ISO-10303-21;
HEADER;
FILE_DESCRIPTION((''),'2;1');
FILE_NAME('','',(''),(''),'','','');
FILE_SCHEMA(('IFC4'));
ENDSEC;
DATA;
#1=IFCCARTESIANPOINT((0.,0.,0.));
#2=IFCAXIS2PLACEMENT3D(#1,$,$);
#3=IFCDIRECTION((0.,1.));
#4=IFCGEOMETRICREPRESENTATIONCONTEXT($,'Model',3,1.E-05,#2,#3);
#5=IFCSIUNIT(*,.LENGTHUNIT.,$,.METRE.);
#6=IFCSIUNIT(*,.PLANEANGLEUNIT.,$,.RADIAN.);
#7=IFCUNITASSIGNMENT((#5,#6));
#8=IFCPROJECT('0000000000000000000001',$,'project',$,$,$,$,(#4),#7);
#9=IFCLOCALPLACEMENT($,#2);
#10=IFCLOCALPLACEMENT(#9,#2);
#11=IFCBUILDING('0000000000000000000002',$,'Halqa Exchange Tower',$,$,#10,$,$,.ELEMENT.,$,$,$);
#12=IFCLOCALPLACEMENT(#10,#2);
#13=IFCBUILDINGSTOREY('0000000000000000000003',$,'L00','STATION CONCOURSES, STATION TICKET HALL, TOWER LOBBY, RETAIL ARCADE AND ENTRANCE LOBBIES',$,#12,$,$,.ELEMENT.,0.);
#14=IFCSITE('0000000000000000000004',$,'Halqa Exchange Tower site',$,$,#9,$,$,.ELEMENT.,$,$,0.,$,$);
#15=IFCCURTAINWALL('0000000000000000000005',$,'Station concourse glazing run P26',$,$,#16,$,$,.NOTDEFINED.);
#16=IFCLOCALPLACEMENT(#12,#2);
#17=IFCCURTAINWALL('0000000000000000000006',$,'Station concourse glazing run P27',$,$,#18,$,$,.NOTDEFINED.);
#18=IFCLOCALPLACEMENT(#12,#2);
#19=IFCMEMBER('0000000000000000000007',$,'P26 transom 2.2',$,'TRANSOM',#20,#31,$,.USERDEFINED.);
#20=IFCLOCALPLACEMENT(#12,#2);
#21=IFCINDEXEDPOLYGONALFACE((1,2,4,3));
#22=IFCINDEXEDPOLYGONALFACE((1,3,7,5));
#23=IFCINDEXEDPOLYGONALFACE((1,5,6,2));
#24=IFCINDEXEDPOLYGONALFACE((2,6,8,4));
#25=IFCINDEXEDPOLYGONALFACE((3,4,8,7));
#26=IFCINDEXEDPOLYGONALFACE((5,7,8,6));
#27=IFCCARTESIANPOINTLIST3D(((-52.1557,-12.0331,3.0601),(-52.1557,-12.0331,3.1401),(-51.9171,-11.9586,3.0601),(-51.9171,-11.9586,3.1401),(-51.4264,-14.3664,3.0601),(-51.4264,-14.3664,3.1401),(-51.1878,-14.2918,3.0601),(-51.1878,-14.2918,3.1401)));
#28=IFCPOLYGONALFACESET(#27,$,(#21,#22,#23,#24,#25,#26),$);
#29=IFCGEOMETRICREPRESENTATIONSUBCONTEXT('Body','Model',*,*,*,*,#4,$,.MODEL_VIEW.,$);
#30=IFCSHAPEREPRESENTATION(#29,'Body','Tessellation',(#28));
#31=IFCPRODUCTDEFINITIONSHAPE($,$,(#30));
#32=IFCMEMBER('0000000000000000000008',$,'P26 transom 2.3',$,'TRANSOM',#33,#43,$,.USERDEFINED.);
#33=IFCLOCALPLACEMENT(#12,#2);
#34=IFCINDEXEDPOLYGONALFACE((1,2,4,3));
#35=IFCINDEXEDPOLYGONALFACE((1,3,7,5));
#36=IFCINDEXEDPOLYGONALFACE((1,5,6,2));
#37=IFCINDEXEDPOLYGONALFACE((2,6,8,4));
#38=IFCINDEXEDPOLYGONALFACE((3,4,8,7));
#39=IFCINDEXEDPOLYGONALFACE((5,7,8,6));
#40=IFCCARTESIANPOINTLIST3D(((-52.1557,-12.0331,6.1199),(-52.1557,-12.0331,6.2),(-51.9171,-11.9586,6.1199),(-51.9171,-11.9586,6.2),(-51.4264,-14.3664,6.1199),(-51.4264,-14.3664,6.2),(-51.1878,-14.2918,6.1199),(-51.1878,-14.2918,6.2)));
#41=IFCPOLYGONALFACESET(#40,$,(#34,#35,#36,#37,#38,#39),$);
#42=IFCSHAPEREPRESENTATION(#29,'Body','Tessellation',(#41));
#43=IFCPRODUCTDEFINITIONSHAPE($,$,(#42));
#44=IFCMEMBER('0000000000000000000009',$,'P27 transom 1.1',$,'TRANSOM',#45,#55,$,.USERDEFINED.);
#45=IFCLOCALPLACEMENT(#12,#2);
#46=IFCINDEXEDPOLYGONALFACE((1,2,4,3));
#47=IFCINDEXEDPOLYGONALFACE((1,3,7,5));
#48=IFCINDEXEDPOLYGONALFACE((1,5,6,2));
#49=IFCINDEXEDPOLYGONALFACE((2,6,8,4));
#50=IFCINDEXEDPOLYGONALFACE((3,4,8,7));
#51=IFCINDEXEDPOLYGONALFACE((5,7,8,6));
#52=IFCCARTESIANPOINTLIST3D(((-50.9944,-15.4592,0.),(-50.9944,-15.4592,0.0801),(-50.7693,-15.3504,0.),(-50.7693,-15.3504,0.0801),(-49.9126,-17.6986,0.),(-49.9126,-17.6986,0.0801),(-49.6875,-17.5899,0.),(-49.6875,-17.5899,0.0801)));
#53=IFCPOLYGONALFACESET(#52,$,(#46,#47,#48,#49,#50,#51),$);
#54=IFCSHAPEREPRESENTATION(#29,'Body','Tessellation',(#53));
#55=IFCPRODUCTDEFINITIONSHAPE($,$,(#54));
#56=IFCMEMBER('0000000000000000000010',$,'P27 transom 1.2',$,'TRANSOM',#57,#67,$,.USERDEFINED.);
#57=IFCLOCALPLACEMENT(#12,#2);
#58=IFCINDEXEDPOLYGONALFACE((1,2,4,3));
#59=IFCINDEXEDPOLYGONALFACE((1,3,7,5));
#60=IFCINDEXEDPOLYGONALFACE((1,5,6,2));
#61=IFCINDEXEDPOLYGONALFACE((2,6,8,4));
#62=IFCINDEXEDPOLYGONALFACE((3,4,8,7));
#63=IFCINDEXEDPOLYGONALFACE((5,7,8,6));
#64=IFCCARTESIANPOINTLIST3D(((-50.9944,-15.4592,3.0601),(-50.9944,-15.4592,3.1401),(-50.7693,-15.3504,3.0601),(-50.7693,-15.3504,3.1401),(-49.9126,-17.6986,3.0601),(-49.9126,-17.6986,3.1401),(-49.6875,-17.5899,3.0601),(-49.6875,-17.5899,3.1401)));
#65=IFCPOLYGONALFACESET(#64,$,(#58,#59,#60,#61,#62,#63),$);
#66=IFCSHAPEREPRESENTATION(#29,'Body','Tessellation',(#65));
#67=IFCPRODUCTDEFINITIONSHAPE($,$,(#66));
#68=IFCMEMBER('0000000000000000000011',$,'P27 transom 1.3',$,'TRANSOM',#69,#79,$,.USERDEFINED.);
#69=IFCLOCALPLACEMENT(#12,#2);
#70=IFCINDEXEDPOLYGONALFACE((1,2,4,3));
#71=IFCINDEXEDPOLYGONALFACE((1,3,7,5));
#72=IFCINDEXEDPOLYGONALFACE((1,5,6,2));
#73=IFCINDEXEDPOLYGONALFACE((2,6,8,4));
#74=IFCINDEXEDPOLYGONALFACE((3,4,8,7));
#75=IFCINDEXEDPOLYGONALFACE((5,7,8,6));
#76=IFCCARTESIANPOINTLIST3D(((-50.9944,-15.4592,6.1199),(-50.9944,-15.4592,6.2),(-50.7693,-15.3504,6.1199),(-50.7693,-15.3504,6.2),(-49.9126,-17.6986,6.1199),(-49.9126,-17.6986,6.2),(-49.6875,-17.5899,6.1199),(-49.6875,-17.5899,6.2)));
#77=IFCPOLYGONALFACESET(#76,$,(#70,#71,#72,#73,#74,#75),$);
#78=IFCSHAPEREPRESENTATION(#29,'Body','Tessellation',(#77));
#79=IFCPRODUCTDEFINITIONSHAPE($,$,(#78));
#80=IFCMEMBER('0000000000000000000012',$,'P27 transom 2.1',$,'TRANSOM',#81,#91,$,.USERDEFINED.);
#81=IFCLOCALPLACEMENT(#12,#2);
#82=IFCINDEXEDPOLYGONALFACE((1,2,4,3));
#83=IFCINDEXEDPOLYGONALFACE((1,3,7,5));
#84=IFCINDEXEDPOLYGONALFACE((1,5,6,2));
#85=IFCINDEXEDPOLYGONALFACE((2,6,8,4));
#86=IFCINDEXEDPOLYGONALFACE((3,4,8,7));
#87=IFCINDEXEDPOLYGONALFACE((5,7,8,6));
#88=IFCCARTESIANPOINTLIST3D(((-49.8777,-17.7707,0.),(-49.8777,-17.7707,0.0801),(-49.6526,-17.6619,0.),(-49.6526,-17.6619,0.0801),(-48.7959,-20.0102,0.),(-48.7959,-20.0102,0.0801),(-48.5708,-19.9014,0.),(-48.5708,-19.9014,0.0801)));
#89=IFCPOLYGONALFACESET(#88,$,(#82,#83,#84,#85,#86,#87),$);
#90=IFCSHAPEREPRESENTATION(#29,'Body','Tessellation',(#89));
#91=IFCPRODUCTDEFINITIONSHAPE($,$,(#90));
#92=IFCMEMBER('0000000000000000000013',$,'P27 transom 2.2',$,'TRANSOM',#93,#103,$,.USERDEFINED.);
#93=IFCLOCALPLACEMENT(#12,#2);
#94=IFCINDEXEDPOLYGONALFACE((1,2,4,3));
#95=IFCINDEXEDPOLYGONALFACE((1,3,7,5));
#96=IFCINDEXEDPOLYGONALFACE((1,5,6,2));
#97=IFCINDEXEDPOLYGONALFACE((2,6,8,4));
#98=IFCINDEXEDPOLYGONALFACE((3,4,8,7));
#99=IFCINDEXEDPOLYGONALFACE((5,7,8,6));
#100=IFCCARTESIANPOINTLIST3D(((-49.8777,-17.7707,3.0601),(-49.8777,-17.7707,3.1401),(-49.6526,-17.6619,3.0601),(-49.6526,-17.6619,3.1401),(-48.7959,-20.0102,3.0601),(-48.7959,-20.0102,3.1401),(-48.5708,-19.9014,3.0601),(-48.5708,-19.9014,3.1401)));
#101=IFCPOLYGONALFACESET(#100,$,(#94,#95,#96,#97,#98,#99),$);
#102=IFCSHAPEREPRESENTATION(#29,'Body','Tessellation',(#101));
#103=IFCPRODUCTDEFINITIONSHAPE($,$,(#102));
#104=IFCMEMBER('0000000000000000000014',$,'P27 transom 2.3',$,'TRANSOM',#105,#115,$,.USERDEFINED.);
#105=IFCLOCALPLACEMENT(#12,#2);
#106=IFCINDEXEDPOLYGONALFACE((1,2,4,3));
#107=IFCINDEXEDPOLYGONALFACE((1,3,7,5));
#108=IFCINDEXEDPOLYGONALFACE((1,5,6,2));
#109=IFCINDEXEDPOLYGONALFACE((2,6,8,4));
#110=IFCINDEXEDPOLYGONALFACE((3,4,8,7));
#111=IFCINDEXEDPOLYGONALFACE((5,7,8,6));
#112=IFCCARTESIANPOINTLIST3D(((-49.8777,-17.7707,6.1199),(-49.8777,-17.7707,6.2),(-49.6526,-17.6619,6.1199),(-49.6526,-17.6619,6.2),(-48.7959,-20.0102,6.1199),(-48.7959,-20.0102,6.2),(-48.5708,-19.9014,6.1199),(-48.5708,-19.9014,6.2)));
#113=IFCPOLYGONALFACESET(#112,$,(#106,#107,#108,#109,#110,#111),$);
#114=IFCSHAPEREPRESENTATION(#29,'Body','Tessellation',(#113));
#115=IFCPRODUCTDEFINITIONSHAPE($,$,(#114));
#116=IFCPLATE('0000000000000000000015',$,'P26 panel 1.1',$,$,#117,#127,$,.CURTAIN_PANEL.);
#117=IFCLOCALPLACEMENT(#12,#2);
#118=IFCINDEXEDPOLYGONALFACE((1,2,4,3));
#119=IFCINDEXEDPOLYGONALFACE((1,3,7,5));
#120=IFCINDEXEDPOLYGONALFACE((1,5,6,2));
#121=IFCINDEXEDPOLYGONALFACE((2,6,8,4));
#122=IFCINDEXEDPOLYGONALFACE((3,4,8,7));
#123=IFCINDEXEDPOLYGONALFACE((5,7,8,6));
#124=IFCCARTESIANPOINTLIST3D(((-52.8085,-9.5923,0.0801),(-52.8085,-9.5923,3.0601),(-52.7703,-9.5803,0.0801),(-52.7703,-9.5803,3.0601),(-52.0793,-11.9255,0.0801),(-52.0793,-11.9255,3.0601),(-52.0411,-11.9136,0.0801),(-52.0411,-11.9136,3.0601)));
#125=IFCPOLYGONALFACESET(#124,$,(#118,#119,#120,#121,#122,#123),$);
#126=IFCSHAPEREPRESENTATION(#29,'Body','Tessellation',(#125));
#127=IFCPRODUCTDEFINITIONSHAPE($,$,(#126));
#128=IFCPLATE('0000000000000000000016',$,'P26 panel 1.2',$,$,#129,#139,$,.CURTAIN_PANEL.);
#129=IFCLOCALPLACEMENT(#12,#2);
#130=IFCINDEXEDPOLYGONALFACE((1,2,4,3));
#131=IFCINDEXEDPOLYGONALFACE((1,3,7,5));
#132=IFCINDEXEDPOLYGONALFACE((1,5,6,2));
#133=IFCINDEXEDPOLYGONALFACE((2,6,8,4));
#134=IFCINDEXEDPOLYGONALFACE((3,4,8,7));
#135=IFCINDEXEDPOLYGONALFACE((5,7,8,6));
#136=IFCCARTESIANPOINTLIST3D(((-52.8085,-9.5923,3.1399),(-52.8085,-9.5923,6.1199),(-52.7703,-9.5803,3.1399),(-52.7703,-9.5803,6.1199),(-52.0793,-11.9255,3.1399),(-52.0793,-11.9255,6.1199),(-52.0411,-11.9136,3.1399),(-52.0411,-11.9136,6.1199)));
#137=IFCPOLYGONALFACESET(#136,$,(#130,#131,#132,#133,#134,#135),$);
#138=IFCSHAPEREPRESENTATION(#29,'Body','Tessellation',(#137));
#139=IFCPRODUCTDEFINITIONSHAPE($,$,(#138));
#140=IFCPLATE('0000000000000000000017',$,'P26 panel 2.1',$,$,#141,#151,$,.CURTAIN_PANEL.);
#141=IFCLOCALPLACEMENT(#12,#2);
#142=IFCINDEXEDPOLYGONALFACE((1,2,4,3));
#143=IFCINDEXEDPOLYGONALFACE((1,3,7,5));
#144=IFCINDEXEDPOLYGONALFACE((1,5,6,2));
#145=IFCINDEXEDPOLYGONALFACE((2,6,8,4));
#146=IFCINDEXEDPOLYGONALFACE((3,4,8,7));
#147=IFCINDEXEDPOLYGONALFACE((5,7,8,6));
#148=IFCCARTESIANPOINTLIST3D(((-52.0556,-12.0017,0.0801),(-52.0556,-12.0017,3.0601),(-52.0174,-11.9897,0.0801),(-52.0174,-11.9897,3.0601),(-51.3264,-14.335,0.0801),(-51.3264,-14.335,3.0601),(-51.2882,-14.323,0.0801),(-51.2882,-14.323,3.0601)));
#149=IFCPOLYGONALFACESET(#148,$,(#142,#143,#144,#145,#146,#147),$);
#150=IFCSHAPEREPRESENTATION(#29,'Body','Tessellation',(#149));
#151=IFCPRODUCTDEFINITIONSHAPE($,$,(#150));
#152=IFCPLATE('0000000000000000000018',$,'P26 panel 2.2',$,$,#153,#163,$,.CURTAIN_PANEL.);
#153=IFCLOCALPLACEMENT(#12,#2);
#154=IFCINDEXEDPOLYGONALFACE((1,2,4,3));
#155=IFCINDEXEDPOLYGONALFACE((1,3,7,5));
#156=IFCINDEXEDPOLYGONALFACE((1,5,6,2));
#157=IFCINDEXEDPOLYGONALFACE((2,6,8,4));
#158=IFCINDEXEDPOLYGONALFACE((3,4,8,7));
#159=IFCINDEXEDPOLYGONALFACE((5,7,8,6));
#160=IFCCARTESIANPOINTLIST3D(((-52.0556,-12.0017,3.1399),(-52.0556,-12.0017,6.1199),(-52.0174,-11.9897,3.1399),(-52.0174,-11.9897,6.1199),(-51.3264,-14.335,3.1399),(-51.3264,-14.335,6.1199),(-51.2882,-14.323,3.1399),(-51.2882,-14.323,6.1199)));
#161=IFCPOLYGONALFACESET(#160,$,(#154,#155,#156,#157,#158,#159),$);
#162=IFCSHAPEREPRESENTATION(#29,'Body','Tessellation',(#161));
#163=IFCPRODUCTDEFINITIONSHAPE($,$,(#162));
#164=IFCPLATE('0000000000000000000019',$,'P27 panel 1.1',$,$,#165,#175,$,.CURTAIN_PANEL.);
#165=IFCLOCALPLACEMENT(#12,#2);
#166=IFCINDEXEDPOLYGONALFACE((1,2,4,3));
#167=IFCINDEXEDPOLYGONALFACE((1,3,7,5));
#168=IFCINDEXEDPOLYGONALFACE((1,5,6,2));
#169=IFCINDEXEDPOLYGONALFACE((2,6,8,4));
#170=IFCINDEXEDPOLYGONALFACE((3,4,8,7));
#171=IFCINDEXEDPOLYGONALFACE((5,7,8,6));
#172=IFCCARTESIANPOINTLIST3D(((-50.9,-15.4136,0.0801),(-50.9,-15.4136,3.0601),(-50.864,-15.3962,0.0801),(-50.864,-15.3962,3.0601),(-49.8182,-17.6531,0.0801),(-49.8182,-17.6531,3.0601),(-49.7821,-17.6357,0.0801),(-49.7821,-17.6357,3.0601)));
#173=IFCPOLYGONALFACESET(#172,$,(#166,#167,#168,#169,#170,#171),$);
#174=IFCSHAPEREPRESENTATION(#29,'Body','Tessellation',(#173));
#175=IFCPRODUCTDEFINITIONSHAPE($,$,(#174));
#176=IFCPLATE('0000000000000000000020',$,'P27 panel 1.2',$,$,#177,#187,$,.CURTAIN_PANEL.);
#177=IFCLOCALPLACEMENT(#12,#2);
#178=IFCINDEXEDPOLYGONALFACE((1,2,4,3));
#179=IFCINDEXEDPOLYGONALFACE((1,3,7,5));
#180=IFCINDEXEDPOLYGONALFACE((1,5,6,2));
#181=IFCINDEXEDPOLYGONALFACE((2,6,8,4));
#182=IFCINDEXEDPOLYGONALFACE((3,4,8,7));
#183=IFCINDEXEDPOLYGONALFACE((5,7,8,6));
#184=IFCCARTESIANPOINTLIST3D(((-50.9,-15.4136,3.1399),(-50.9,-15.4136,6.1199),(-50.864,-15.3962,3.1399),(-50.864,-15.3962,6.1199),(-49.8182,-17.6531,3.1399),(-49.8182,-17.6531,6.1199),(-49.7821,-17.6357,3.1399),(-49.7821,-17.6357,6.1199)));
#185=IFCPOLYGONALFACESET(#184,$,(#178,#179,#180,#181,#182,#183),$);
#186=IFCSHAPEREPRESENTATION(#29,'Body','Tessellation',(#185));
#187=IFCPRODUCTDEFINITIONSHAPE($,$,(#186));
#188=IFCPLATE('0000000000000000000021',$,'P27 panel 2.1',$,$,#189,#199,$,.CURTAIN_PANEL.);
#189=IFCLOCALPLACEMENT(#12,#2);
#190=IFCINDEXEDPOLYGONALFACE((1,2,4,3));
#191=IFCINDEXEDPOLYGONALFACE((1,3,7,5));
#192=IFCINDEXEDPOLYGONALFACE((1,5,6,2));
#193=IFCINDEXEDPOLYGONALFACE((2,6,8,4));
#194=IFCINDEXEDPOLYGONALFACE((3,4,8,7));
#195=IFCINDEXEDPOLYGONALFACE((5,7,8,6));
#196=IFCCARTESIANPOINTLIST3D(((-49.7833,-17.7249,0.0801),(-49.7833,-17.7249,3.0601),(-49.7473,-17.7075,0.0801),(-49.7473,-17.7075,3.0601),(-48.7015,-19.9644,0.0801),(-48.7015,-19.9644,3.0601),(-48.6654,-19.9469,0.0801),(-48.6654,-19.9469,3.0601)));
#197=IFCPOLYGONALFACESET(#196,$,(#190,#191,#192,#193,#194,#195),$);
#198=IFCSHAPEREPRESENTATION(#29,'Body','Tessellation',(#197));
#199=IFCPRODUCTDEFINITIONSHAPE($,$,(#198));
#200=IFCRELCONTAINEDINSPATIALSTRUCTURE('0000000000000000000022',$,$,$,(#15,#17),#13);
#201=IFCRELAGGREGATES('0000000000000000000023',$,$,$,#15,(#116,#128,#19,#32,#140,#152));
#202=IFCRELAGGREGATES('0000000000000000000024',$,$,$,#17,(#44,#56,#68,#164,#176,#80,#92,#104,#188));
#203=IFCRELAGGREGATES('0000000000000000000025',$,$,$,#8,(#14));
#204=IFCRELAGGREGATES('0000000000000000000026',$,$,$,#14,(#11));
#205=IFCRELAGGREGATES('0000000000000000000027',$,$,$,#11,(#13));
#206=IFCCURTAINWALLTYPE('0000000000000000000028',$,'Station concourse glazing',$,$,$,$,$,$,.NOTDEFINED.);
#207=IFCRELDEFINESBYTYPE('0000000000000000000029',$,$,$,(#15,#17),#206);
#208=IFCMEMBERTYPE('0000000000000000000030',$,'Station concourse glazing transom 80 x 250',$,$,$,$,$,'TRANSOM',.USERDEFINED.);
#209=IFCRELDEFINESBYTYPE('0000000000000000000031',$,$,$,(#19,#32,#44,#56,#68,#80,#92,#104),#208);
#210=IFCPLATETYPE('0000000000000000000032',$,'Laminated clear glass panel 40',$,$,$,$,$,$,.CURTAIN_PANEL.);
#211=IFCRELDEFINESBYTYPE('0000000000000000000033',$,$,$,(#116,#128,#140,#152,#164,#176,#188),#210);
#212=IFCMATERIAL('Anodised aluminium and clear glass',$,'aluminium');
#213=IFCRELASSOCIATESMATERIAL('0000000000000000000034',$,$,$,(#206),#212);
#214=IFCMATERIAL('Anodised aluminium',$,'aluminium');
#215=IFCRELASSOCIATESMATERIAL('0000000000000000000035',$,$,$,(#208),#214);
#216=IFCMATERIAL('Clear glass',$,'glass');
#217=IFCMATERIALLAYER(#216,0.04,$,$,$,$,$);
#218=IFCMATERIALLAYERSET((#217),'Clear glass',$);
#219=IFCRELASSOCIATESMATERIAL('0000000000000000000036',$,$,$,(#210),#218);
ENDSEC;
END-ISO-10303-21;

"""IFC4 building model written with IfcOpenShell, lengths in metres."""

from ifc_helpers import new_model, si_unit, direction, frame, origin, origin_2d, place, context, subcontext, project, spatial, rectangle, extrude, material, layer, layer_set, material_profile, profile_set, type_object, element, aggregate, save


model = new_model("IFC4")

# Units and contexts
model_context = context("Model", 3, precision=1e-05, world=origin(), true_north=direction((0.0, 1.0)))
body_context = subcontext(model_context, "Body", "Model", "MODEL_VIEW")
ifc_project = project(units=[si_unit("LENGTHUNIT", "METRE"), si_unit("PLANEANGLEUNIT", "RADIAN")], contexts=[model_context])

# Site, building, storey
site_placement = place(None, origin())
site = spatial("IfcSite", under=ifc_project, at=site_placement, Name="Halqa Exchange Tower site", CompositionType="ELEMENT", RefElevation=0.0)
building_placement = place(site_placement, origin())
building = spatial("IfcBuilding", under=site, at=building_placement, Name="Halqa Exchange Tower", CompositionType="ELEMENT")
storey_placement = place(building_placement, origin())
storey = spatial("IfcBuildingStorey", under=building, at=storey_placement, Name="L00", Description="STATION CONCOURSES, STATION TICKET HALL, TOWER LOBBY, RETAIL ARCADE AND ENTRANCE LOBBIES", CompositionType="ELEMENT", Elevation=0.0)

# Curtain walls
ifc_material_1 = material(Name="Anodised aluminium and clear glass", Category="aluminium")
curtain_wall_type = type_object("IfcCurtainWallType", Name="Station concourse glazing", PredefinedType="NOTDEFINED", material=ifc_material_1)
curtain_wall_1_placement = place(storey_placement, origin())
curtain_wall_1 = element("IfcCurtainWall", 1, at=curtain_wall_1_placement, inside=storey, type_object=curtain_wall_type, Name="Station concourse glazing run P26", PredefinedType="NOTDEFINED")
ifc_material_2 = material(Name="Anodised aluminium", Category="aluminium")
curtain_wall_2_placement = place(storey_placement, origin())
curtain_wall_2 = element("IfcCurtainWall", 2, at=curtain_wall_2_placement, inside=storey, type_object=curtain_wall_type, Name="Station concourse glazing run P27", PredefinedType="NOTDEFINED")

# Members
ifc_material_profile_1 = material_profile(ifc_material_2, rectangle(XDim=0.25, YDim=0.0801, at=origin_2d()), Name="AL 80x250")
ifc_profile_set_1 = profile_set([ifc_material_profile_1], Name="Anodised aluminium")
member_type_1 = type_object("IfcMemberType", Name="Station concourse glazing transom 80 x 250", ElementType="TRANSOM", PredefinedType="USERDEFINED", material=ifc_profile_set_1)
member_1_placement = place(storey_placement, frame((-52.0364, -11.9958, 3.1001), z_axis=(0.298315, -0.954468, 0.0), x_axis=(0.954468, 0.298315, 0.0)))
member_1 = element("IfcMember", 3, at=member_1_placement, type_object=member_type_1, Name="P26 transom 2.2", ObjectType="TRANSOM", PredefinedType="USERDEFINED", context=body_context, shape_type="SweptSolid", body=[
    extrude(rectangle(XDim=0.25, YDim=0.0801, at=origin_2d()), origin(), (0.0, 0.0, 1.0), 2.4446),
])
member_2_placement = place(storey_placement, frame((-52.0364, -11.9958, 6.1599), z_axis=(0.298315, -0.954468, 0.0), x_axis=(0.954468, 0.298315, 0.0)))
member_2 = element("IfcMember", 4, at=member_2_placement, type_object=member_type_1, Name="P26 transom 2.3", ObjectType="TRANSOM", PredefinedType="USERDEFINED", context=body_context, shape_type="SweptSolid", body=[
    extrude(rectangle(XDim=0.25, YDim=0.0801, at=origin_2d()), origin(), (0.0, 0.0, 1.0), 2.4446),
])
member_3_placement = place(storey_placement, frame((-50.8818, -15.4048, 0.04), z_axis=(0.43496, -0.90045, 0.0), x_axis=(0.90045, 0.43496, 0.0)))
member_3 = element("IfcMember", 5, at=member_3_placement, type_object=member_type_1, Name="P27 transom 1.1", ObjectType="TRANSOM", PredefinedType="USERDEFINED", context=body_context, shape_type="SweptSolid", body=[
    extrude(rectangle(XDim=0.25, YDim=0.0801, at=origin_2d()), origin(), (0.0, 0.0, 1.0), 2.4871),
])
member_4_placement = place(storey_placement, frame((-50.8818, -15.4048, 3.1001), z_axis=(0.43496, -0.90045, 0.0), x_axis=(0.90045, 0.43496, 0.0)))
member_4 = element("IfcMember", 6, at=member_4_placement, type_object=member_type_1, Name="P27 transom 1.2", ObjectType="TRANSOM", PredefinedType="USERDEFINED", context=body_context, shape_type="SweptSolid", body=[
    extrude(rectangle(XDim=0.25, YDim=0.0801, at=origin_2d()), origin(), (0.0, 0.0, 1.0), 2.4871),
])
member_5_placement = place(storey_placement, frame((-50.8818, -15.4048, 6.1599), z_axis=(0.43496, -0.90045, 0.0), x_axis=(0.90045, 0.43496, 0.0)))
member_5 = element("IfcMember", 7, at=member_5_placement, type_object=member_type_1, Name="P27 transom 1.3", ObjectType="TRANSOM", PredefinedType="USERDEFINED", context=body_context, shape_type="SweptSolid", body=[
    extrude(rectangle(XDim=0.25, YDim=0.0801, at=origin_2d()), origin(), (0.0, 0.0, 1.0), 2.4871),
])
member_6_placement = place(storey_placement, frame((-49.7651, -17.7163, 0.04), z_axis=(0.43496, -0.90045, 0.0), x_axis=(0.90045, 0.43496, 0.0)))
member_6 = element("IfcMember", 8, at=member_6_placement, type_object=member_type_1, Name="P27 transom 2.1", ObjectType="TRANSOM", PredefinedType="USERDEFINED", context=body_context, shape_type="SweptSolid", body=[
    extrude(rectangle(XDim=0.25, YDim=0.0801, at=origin_2d()), origin(), (0.0, 0.0, 1.0), 2.4871),
])
member_7_placement = place(storey_placement, frame((-49.7651, -17.7163, 3.1001), z_axis=(0.43496, -0.90045, 0.0), x_axis=(0.90045, 0.43496, 0.0)))
member_7 = element("IfcMember", 9, at=member_7_placement, type_object=member_type_1, Name="P27 transom 2.2", ObjectType="TRANSOM", PredefinedType="USERDEFINED", context=body_context, shape_type="SweptSolid", body=[
    extrude(rectangle(XDim=0.25, YDim=0.0801, at=origin_2d()), origin(), (0.0, 0.0, 1.0), 2.4871),
])
member_8_placement = place(storey_placement, frame((-49.7651, -17.7163, 6.1599), z_axis=(0.43496, -0.90045, 0.0), x_axis=(0.90045, 0.43496, 0.0)))
member_8 = element("IfcMember", 10, at=member_8_placement, type_object=member_type_1, Name="P27 transom 2.3", ObjectType="TRANSOM", PredefinedType="USERDEFINED", context=body_context, shape_type="SweptSolid", body=[
    extrude(rectangle(XDim=0.25, YDim=0.0801, at=origin_2d()), origin(), (0.0, 0.0, 1.0), 2.4871),
])

# Plates
ifc_material_3 = material(Name="Clear glass", Category="glass")
ifc_layer_1 = layer(ifc_material_3, 0.04)
ifc_layer_set_1 = layer_set([ifc_layer_1], Name="Clear glass")
plate_type = type_object("IfcPlateType", Name="Laminated clear glass panel 40", PredefinedType="CURTAIN_PANEL", material=ifc_layer_set_1)
plate_1_placement = place(storey_placement, frame((-52.4248, -10.7529, 0.0801), z_axis=(0.0, 0.0, 1.0), x_axis=(0.298303, -0.954471, 0.0)))
plate_1 = element("IfcPlate", 11, at=plate_1_placement, type_object=plate_type, Name="P26 panel 1.1", PredefinedType="CURTAIN_PANEL", context=body_context, shape_type="SweptSolid", body=[
    extrude(rectangle(XDim=2.4446, YDim=0.04, at=origin_2d()), origin(), (0.0, 0.0, 1.0), 2.98),
])
plate_2_placement = place(storey_placement, frame((-52.4248, -10.7529, 3.1399), z_axis=(0.0, 0.0, 1.0), x_axis=(0.298303, -0.954471, 0.0)))
plate_2 = element("IfcPlate", 12, at=plate_2_placement, type_object=plate_type, Name="P26 panel 1.2", PredefinedType="CURTAIN_PANEL", context=body_context, shape_type="SweptSolid", body=[
    extrude(rectangle(XDim=2.4446, YDim=0.04, at=origin_2d()), origin(), (0.0, 0.0, 1.0), 2.98),
])
plate_3_placement = place(storey_placement, frame((-51.6719, -13.1624, 0.0801), z_axis=(0.0, 0.0, 1.0), x_axis=(0.298303, -0.954471, 0.0)))
plate_3 = element("IfcPlate", 13, at=plate_3_placement, type_object=plate_type, Name="P26 panel 2.1", PredefinedType="CURTAIN_PANEL", context=body_context, shape_type="SweptSolid", body=[
    extrude(rectangle(XDim=2.4446, YDim=0.04, at=origin_2d()), origin(), (0.0, 0.0, 1.0), 2.98),
])
plate_4_placement = place(storey_placement, frame((-51.6719, -13.1624, 3.1399), z_axis=(0.0, 0.0, 1.0), x_axis=(0.298303, -0.954471, 0.0)))
plate_4 = element("IfcPlate", 14, at=plate_4_placement, type_object=plate_type, Name="P26 panel 2.2", PredefinedType="CURTAIN_PANEL", context=body_context, shape_type="SweptSolid", body=[
    extrude(rectangle(XDim=2.4446, YDim=0.04, at=origin_2d()), origin(), (0.0, 0.0, 1.0), 2.98),
])
aggregate(curtain_wall_1, [plate_1, plate_2, member_1, member_2, plate_3, plate_4])
plate_5_placement = place(storey_placement, frame((-50.3411, -16.5247, 0.0801), z_axis=(0.0, 0.0, 1.0), x_axis=(0.43499, -0.900435, 0.0)))
plate_5 = element("IfcPlate", 15, at=plate_5_placement, type_object=plate_type, Name="P27 panel 1.1", PredefinedType="CURTAIN_PANEL", context=body_context, shape_type="SweptSolid", body=[
    extrude(rectangle(XDim=2.4871, YDim=0.04, at=origin_2d()), origin(), (0.0, 0.0, 1.0), 2.98),
])
plate_6_placement = place(storey_placement, frame((-50.3411, -16.5247, 3.1399), z_axis=(0.0, 0.0, 1.0), x_axis=(0.43499, -0.900435, 0.0)))
plate_6 = element("IfcPlate", 16, at=plate_6_placement, type_object=plate_type, Name="P27 panel 1.2", PredefinedType="CURTAIN_PANEL", context=body_context, shape_type="SweptSolid", body=[
    extrude(rectangle(XDim=2.4871, YDim=0.04, at=origin_2d()), origin(), (0.0, 0.0, 1.0), 2.98),
])
plate_7_placement = place(storey_placement, frame((-49.2244, -18.8359, 0.0801), z_axis=(0.0, 0.0, 1.0), x_axis=(0.43499, -0.900435, 0.0)))
plate_7 = element("IfcPlate", 17, at=plate_7_placement, type_object=plate_type, Name="P27 panel 2.1", PredefinedType="CURTAIN_PANEL", context=body_context, shape_type="SweptSolid", body=[
    extrude(rectangle(XDim=2.4871, YDim=0.04, at=origin_2d()), origin(), (0.0, 0.0, 1.0), 2.98),
])
aggregate(curtain_wall_2, [member_3, member_4, member_5, plate_5, plate_6, member_6, member_7, member_8, plate_7])

save(model, "model.ifc")
